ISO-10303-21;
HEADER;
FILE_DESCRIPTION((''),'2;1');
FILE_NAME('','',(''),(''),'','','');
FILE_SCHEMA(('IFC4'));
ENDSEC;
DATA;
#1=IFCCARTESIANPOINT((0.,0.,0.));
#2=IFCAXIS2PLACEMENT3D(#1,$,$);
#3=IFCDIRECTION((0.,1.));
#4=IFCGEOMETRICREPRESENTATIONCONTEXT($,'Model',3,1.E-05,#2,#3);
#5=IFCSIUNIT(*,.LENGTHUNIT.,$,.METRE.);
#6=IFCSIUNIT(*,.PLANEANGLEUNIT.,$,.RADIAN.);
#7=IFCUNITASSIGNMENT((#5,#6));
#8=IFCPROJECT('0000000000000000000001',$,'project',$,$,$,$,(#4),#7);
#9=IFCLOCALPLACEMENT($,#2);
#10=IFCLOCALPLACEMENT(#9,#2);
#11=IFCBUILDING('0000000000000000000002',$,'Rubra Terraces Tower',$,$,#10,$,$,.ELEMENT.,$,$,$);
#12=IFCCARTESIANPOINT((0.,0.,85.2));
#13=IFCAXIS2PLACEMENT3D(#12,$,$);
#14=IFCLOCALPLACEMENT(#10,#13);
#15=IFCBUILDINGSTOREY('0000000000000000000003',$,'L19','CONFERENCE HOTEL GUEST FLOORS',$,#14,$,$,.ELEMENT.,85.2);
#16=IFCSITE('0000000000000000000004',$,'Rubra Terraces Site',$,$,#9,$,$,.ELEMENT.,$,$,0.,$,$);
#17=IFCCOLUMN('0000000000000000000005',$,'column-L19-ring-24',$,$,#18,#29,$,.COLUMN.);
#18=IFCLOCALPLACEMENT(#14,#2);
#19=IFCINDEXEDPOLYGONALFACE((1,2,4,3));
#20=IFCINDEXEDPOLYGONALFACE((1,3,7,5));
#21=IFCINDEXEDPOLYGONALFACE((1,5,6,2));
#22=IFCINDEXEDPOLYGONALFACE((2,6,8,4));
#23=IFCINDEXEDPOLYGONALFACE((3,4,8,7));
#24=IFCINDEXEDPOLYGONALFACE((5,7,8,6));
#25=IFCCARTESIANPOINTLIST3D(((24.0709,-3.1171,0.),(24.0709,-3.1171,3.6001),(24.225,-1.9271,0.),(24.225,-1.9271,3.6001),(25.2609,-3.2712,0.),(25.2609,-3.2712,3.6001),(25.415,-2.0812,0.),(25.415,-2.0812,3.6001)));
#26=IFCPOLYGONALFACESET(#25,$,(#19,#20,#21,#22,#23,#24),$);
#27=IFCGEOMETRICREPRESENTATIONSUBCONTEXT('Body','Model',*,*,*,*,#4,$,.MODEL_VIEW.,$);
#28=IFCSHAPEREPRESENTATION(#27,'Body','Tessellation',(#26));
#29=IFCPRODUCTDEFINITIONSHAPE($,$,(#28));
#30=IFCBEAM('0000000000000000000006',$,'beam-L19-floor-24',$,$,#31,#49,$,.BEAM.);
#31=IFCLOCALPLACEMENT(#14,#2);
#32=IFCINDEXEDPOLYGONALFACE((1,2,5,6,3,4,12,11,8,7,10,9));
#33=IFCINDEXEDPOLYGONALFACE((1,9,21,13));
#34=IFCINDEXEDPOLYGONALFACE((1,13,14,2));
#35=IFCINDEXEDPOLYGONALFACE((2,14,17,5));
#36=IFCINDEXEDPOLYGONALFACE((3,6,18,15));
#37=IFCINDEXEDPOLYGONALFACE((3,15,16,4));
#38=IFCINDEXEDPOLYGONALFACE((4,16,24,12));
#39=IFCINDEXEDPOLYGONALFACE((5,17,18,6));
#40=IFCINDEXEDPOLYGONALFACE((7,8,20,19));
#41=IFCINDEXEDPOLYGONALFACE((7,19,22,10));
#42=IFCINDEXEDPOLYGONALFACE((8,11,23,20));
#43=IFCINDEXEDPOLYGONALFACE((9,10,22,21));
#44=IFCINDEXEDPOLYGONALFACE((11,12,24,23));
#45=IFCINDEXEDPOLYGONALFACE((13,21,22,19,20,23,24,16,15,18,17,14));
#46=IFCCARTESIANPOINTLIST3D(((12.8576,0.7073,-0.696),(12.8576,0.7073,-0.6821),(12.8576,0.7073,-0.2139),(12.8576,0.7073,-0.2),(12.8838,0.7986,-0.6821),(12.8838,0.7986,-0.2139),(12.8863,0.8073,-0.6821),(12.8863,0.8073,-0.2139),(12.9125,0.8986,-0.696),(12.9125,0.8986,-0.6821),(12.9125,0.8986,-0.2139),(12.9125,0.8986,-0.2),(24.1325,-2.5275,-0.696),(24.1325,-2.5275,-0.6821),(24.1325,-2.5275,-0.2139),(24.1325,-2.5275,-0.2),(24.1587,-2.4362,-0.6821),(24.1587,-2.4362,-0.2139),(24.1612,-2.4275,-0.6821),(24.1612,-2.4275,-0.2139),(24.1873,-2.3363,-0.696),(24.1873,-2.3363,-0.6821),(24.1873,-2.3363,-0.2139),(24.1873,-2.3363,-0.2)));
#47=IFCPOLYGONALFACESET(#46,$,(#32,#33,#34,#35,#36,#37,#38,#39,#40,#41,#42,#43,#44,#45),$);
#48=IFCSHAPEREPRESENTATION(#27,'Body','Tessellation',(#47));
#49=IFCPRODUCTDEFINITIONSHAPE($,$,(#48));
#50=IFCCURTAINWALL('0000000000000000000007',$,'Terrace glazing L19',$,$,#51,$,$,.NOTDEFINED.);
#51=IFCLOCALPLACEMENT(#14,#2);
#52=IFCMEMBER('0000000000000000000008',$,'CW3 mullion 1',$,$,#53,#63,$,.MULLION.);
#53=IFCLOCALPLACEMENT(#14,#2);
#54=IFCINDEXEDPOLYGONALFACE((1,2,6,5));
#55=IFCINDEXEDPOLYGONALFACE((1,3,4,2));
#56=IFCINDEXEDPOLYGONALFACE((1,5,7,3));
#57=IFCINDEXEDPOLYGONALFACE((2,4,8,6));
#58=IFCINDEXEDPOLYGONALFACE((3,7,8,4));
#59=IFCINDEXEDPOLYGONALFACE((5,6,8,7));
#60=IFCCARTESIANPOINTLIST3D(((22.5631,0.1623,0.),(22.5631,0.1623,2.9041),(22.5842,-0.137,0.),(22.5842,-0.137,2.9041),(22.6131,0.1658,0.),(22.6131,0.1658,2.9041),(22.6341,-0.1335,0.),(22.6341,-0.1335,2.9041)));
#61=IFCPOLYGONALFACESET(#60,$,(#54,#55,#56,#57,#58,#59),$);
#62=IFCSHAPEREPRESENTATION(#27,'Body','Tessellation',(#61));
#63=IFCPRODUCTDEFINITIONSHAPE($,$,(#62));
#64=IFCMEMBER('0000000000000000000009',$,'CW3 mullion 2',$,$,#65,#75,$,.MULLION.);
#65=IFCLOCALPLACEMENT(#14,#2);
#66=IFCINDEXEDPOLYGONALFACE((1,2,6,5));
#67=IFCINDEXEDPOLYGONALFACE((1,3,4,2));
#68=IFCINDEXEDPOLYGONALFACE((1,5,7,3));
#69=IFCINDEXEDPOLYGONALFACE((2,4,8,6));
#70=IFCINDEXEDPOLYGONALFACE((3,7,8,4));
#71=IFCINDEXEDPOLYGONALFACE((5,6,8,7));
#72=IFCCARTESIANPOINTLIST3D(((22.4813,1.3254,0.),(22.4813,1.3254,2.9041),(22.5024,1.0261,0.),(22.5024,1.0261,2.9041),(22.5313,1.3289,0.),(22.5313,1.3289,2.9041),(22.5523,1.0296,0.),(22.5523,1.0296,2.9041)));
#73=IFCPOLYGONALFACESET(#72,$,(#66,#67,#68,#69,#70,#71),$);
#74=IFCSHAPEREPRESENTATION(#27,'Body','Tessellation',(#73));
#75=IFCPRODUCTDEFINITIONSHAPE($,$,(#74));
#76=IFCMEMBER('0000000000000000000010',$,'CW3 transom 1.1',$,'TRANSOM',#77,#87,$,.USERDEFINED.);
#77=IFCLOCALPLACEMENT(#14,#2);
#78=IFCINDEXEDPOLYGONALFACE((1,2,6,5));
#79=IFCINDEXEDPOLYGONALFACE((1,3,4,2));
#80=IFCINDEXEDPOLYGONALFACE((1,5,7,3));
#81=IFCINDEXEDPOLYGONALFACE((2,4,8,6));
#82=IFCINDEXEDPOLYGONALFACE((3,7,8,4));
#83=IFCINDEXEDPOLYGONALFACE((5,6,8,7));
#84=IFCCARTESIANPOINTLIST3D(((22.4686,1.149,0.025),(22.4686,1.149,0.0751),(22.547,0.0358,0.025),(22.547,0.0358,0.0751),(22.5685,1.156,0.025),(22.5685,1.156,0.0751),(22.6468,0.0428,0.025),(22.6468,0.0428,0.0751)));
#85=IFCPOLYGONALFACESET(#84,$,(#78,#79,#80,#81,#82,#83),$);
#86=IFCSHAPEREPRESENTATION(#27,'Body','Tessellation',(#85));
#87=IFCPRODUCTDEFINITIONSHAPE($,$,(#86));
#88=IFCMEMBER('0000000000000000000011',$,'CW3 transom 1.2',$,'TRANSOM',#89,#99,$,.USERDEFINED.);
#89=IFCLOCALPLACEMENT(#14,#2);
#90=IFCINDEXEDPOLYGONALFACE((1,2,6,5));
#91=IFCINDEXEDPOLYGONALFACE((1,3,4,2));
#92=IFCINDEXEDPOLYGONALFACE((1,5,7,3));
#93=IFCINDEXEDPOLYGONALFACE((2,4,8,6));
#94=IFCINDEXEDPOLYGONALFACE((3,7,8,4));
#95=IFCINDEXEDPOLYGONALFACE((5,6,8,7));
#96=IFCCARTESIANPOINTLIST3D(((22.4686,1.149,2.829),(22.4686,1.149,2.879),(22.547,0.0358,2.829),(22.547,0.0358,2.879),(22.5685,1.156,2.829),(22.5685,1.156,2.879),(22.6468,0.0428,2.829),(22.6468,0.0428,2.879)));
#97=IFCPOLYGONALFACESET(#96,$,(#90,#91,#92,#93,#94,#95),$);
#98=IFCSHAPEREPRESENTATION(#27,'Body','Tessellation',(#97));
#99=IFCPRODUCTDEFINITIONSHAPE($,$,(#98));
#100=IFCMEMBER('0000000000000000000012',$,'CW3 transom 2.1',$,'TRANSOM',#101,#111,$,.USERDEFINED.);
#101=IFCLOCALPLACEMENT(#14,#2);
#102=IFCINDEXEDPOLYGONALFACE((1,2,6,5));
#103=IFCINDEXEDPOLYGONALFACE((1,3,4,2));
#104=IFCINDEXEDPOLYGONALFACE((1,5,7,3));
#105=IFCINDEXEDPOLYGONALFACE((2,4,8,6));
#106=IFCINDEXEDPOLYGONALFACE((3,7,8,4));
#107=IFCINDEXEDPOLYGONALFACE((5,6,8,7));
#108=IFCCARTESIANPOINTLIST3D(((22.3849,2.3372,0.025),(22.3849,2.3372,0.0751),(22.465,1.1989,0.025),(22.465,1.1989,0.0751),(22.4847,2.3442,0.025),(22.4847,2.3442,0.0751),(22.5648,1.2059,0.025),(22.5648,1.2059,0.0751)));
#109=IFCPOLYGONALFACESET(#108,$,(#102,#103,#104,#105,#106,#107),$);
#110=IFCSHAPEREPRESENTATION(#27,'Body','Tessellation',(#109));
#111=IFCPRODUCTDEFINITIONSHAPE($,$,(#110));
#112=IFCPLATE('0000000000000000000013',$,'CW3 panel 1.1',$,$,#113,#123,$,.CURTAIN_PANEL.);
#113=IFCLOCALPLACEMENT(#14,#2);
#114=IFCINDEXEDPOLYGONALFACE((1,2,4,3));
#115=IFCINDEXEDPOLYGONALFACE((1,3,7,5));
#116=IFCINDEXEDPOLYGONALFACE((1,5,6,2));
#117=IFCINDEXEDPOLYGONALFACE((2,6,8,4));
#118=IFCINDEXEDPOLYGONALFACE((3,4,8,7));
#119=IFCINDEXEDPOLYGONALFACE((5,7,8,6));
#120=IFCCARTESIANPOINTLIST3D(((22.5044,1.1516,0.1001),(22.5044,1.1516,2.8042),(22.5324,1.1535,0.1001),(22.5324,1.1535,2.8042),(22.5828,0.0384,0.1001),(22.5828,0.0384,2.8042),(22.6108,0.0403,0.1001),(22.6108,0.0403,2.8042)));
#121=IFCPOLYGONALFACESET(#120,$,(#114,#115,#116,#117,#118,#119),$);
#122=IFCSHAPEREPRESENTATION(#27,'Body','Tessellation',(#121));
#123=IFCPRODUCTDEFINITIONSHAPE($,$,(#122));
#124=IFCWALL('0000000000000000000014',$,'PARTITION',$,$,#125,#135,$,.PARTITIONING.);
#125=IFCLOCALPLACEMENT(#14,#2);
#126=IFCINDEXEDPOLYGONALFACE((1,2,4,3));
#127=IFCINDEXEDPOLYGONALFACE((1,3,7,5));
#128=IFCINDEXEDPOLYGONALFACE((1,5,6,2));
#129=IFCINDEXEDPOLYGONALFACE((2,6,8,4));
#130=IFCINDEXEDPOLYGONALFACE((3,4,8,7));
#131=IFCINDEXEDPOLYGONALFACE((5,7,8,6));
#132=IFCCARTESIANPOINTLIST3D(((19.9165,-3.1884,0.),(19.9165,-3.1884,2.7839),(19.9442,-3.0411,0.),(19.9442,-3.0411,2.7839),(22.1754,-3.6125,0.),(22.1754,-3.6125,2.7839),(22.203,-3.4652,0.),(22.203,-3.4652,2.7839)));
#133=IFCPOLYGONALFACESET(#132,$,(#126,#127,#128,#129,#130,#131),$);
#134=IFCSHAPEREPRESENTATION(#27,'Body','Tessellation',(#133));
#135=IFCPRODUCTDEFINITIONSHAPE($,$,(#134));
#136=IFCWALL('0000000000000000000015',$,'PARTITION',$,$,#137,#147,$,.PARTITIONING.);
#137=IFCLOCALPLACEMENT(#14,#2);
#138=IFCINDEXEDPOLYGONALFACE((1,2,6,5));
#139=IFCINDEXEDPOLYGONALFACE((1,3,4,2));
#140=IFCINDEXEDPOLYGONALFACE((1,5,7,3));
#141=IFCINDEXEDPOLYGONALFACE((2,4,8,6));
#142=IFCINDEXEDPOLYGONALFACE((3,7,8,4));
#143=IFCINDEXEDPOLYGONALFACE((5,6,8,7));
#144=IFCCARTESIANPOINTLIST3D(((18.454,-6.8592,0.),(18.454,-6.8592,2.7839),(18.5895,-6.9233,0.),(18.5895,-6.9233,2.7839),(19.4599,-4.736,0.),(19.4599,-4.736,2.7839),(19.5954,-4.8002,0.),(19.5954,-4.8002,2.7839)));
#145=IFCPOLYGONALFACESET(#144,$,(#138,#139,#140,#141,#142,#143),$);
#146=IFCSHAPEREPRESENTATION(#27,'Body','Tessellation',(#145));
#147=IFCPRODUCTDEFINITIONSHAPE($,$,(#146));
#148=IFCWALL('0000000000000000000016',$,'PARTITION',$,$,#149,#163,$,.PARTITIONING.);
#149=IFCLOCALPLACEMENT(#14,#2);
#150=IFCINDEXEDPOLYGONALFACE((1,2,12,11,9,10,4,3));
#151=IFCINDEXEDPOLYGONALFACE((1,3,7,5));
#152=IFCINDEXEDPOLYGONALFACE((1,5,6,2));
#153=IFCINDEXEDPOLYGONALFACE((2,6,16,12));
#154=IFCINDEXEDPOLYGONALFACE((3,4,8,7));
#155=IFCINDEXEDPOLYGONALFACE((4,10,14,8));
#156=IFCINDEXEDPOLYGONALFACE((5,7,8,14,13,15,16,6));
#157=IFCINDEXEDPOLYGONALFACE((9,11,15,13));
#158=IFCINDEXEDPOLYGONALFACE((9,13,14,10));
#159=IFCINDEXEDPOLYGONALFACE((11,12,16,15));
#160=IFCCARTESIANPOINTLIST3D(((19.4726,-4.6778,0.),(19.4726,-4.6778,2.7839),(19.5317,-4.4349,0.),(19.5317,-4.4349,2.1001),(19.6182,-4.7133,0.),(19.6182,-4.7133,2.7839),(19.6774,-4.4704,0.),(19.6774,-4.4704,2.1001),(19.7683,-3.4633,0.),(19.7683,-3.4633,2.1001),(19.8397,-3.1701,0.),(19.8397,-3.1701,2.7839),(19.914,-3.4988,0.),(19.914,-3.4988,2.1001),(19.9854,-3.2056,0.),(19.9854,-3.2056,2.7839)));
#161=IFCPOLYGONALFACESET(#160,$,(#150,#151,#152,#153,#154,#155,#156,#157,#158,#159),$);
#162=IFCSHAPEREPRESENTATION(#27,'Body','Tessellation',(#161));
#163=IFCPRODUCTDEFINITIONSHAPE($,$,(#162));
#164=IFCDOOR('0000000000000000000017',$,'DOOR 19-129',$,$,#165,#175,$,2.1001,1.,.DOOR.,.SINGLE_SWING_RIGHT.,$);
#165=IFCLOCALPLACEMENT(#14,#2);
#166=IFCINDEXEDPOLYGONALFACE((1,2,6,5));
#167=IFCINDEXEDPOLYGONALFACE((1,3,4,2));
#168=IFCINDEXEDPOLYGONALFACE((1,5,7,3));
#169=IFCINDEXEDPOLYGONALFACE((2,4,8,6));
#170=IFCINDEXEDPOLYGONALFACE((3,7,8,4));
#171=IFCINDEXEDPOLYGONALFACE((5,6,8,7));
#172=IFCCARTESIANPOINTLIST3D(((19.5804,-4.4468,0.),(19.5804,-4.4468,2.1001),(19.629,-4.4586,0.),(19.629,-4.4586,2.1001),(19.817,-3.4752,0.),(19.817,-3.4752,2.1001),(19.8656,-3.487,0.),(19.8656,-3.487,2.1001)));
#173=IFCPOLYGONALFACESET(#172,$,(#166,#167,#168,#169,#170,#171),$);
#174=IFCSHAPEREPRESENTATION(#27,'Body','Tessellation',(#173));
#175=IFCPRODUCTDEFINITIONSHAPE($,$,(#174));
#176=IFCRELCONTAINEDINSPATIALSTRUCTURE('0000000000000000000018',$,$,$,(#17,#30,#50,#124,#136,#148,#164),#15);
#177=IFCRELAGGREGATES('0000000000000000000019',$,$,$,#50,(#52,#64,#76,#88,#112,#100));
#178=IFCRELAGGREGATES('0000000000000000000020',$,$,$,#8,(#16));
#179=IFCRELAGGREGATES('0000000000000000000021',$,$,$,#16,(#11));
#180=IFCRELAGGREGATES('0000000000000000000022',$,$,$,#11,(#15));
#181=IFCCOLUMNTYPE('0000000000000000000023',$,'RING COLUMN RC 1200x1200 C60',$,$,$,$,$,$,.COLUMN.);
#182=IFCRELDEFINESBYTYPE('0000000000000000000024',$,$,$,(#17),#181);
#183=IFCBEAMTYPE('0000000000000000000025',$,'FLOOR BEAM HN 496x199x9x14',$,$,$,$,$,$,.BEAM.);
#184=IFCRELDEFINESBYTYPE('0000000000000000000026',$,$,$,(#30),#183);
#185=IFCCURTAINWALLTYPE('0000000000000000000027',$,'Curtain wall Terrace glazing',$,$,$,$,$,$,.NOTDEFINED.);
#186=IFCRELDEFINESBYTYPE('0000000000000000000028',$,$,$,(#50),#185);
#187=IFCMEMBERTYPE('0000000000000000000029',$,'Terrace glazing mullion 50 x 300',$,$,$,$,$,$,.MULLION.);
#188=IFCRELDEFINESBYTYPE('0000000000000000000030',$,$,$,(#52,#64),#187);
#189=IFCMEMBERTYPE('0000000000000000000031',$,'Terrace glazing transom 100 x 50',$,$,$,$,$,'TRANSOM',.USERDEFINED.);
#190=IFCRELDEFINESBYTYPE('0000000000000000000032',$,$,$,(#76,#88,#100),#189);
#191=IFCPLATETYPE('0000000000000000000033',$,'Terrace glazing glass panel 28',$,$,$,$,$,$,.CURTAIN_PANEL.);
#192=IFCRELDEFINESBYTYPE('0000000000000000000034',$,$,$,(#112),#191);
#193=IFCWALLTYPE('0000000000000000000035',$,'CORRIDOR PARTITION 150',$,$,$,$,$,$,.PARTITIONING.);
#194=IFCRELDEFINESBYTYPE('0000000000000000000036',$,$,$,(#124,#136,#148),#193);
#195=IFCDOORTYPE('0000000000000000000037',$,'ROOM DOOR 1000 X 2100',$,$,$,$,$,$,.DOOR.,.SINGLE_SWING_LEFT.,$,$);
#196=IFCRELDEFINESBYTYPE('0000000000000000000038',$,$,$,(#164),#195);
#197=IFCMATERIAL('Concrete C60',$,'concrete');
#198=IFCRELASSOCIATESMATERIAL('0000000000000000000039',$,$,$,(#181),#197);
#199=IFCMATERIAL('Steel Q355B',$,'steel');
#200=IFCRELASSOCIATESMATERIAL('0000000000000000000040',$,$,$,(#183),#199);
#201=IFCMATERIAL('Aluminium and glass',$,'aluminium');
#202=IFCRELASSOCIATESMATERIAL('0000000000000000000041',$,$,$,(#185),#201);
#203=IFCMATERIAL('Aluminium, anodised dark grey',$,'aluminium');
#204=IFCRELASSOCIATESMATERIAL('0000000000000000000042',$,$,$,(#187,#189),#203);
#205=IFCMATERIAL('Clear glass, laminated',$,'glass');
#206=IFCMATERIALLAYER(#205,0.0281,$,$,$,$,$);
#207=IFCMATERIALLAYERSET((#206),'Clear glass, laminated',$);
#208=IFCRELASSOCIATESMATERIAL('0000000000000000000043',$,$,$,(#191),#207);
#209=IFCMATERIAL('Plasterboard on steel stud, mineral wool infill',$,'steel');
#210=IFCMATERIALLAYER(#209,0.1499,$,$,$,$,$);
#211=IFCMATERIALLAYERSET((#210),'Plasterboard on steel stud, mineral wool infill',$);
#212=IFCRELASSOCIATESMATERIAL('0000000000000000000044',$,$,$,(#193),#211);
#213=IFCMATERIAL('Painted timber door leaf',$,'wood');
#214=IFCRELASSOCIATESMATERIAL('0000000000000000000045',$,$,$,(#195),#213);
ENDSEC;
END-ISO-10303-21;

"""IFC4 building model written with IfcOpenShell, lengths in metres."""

from ifc_helpers import new_model, si_unit, direction, frame, frame_2d, origin, origin_2d, place, context, subcontext, project, spatial, rectangle, i_section, extrude, material, layer, layer_set, material_profile, profile_set, type_object, element, fill, aggregate, save


model = new_model("IFC4")

# Units and contexts
model_context = context("Model", 3, precision=1e-05, world=origin(), true_north=direction((0.0, 1.0)))
body_context = subcontext(model_context, "Body", "Model", "MODEL_VIEW")
ifc_project = project(units=[si_unit("LENGTHUNIT", "METRE"), si_unit("PLANEANGLEUNIT", "RADIAN")], contexts=[model_context])

# Site, building, storey
site_placement = place(None, origin())
site = spatial("IfcSite", under=ifc_project, at=site_placement, Name="Rubra Terraces Site", CompositionType="ELEMENT", RefElevation=0.0)
building_placement = place(site_placement, origin())
building = spatial("IfcBuilding", under=site, at=building_placement, Name="Rubra Terraces Tower", CompositionType="ELEMENT")
storey_placement = place(building_placement, frame((0.0, 0.0, 85.2)))
storey = spatial("IfcBuildingStorey", under=building, at=storey_placement, Name="L19", Description="CONFERENCE HOTEL GUEST FLOORS", CompositionType="ELEMENT", Elevation=85.2)

# Column
ifc_material_1 = material(Name="Concrete C60", Category="concrete")
ifc_material_profile_1 = material_profile(ifc_material_1, rectangle(XDim=1.2, YDim=1.2, at=origin_2d()), Name="RC 1200x1200")
ifc_profile_set_1 = profile_set([ifc_material_profile_1], Name="Concrete C60")
column_type = type_object("IfcColumnType", Name="RING COLUMN RC 1200x1200 C60", PredefinedType="COLUMN", material=ifc_profile_set_1)
column_placement = place(storey_placement, frame((24.7429, -2.5991, 0.0), z_axis=(0.0, 0.0, 1.0), x_axis=(0.128444, 0.991717, 0.0)))
element("IfcColumn", 1, at=column_placement, inside=storey, type_object=column_type, Name="column-L19-ring-24", PredefinedType="COLUMN", context=body_context, shape_type="SweptSolid", body=[
    extrude(rectangle(XDim=1.2, YDim=1.2, at=origin_2d()), origin(), (0.0, 0.0, 1.0), 3.6001),
])

# Beam
ifc_material_2 = material(Name="Steel Q355B", Category="steel")
ifc_material_profile_2 = material_profile(ifc_material_2, i_section(OverallWidth=0.199, OverallDepth=0.4961, WebThickness=0.009, FlangeThickness=0.0139, at=origin_2d()), Name="HN 496x199x9x14")
ifc_profile_set_2 = profile_set([ifc_material_profile_2], Name="Steel Q355B")
beam_type = type_object("IfcBeamType", Name="FLOOR BEAM HN 496x199x9x14", PredefinedType="BEAM", material=ifc_profile_set_2)
beam_placement = place(storey_placement, frame((24.1599, -2.4319, -0.448), z_axis=(-0.96122, 0.275782, 0.0), x_axis=(-0.275782, -0.96122, 0.0)))
element("IfcBeam", 2, at=beam_placement, inside=storey, type_object=beam_type, Name="beam-L19-floor-24", PredefinedType="BEAM", context=body_context, shape_type="SweptSolid", body=[
    extrude(i_section(OverallWidth=0.199, OverallDepth=0.4961, WebThickness=0.009, FlangeThickness=0.0139, at=origin_2d()), origin(), (0.0, 0.0, 1.0), 11.7297),
])

# Curtain wall, members, plate
ifc_material_3 = material(Name="Aluminium and glass", Category="aluminium")
curtain_wall_type = type_object("IfcCurtainWallType", Name="Curtain wall Terrace glazing", PredefinedType="NOTDEFINED", material=ifc_material_3)
curtain_wall_placement = place(storey_placement, origin())
curtain_wall = element("IfcCurtainWall", 3, at=curtain_wall_placement, inside=storey, type_object=curtain_wall_type, Name="Terrace glazing L19", PredefinedType="NOTDEFINED")
ifc_material_4 = material(Name="Aluminium, anodised dark grey", Category="aluminium")
ifc_material_profile_3 = material_profile(ifc_material_4, rectangle(XDim=0.05, YDim=0.3, at=origin_2d()), Name="AL 50x300")
ifc_profile_set_3 = profile_set([ifc_material_profile_3], Name="Aluminium, anodised dark grey")
member_type_1 = type_object("IfcMemberType", Name="Terrace glazing mullion 50 x 300", PredefinedType="MULLION", material=ifc_profile_set_3)
member_1_placement = place(storey_placement, frame((22.5986, 0.0144, 0.0), z_axis=(0.0, 0.0, 1.0), x_axis=(-0.997529, -0.070252, 0.0)))
member_1 = element("IfcMember", 4, at=member_1_placement, type_object=member_type_1, Name="CW3 mullion 1", PredefinedType="MULLION", context=body_context, shape_type="SweptSolid", body=[
    extrude(rectangle(XDim=0.05, YDim=0.3, at=origin_2d()), origin(), (0.0, 0.0, 1.0), 2.9041),
])
member_2_placement = place(storey_placement, frame((22.5168, 1.1775, 0.0), z_axis=(0.0, 0.0, 1.0), x_axis=(-0.997529, -0.070252, 0.0)))
member_2 = element("IfcMember", 5, at=member_2_placement, type_object=member_type_1, Name="CW3 mullion 2", PredefinedType="MULLION", context=body_context, shape_type="SweptSolid", body=[
    extrude(rectangle(XDim=0.05, YDim=0.3, at=origin_2d()), origin(), (0.0, 0.0, 1.0), 2.9041),
])
ifc_material_profile_4 = material_profile(ifc_material_4, rectangle(XDim=0.1001, YDim=0.05, at=origin_2d()), Name="AL 100x50")
ifc_profile_set_4 = profile_set([ifc_material_profile_4], Name="Aluminium, anodised dark grey")
member_type_2 = type_object("IfcMemberType", Name="Terrace glazing transom 100 x 50", ElementType="TRANSOM", PredefinedType="USERDEFINED", material=ifc_profile_set_4)
member_3_placement = place(storey_placement, frame((22.5969, 0.0393, 0.05), z_axis=(-0.070221, 0.997531, 0.0), x_axis=(-0.997531, -0.070221, 0.0)))
member_3 = element("IfcMember", 6, at=member_3_placement, type_object=member_type_2, Name="CW3 transom 1.1", ObjectType="TRANSOM", PredefinedType="USERDEFINED", context=body_context, shape_type="SweptSolid", body=[
    extrude(rectangle(XDim=0.1001, YDim=0.05, at=origin_2d()), origin(), (0.0, 0.0, 1.0), 1.116),
])
member_4_placement = place(storey_placement, frame((22.5969, 0.0393, 2.854), z_axis=(-0.070221, 0.997531, 0.0), x_axis=(-0.997531, -0.070221, 0.0)))
member_4 = element("IfcMember", 7, at=member_4_placement, type_object=member_type_2, Name="CW3 transom 1.2", ObjectType="TRANSOM", PredefinedType="USERDEFINED", context=body_context, shape_type="SweptSolid", body=[
    extrude(rectangle(XDim=0.1001, YDim=0.05, at=origin_2d()), origin(), (0.0, 0.0, 1.0), 1.116),
])
member_5_placement = place(storey_placement, frame((22.5149, 1.2024, 0.05), z_axis=(-0.070183, 0.997534, 0.0), x_axis=(-0.997534, -0.070183, 0.0)))
member_5 = element("IfcMember", 8, at=member_5_placement, type_object=member_type_2, Name="CW3 transom 2.1", ObjectType="TRANSOM", PredefinedType="USERDEFINED", context=body_context, shape_type="SweptSolid", body=[
    extrude(rectangle(XDim=0.1001, YDim=0.05, at=origin_2d()), origin(), (0.0, 0.0, 1.0), 1.1411),
])
ifc_material_5 = material(Name="Clear glass, laminated", Category="glass")
ifc_layer_1 = layer(ifc_material_5, 0.0281)
ifc_layer_set_1 = layer_set([ifc_layer_1], Name="Clear glass, laminated")
plate_type = type_object("IfcPlateType", Name="Terrace glazing glass panel 28", PredefinedType="CURTAIN_PANEL", material=ifc_layer_set_1)
plate_placement = place(storey_placement, frame((22.5576, 0.5959, 0.1001), z_axis=(0.0, 0.0, 1.0), x_axis=(-0.070252, 0.997529, 0.0)))
plate = element("IfcPlate", 9, at=plate_placement, type_object=plate_type, Name="CW3 panel 1.1", PredefinedType="CURTAIN_PANEL", context=body_context, shape_type="SweptSolid", body=[
    extrude(rectangle(XDim=1.116, YDim=0.0281, at=origin_2d()), origin(), (0.0, 0.0, 1.0), 2.7041),
])
aggregate(curtain_wall, [member_1, member_2, member_3, member_4, plate, member_5])

# Walls
ifc_material_6 = material(Name="Plasterboard on steel stud, mineral wool infill", Category="steel")
ifc_layer_2 = layer(ifc_material_6, 0.1499)
ifc_layer_set_2 = layer_set([ifc_layer_2], Name="Plasterboard on steel stud, mineral wool infill")
wall_type_1 = type_object("IfcWallType", Name="CORRIDOR PARTITION 150", PredefinedType="PARTITIONING", material=ifc_layer_set_2)
wall_1_placement = place(storey_placement, frame((22.1892, -3.5388, 0.0), z_axis=(0.0, 0.0, 1.0), x_axis=(-0.982829, 0.184519, 0.0)))
element("IfcWall", 10, at=wall_1_placement, inside=storey, type_object=wall_type_1, Name="PARTITION", PredefinedType="PARTITIONING", context=body_context, shape_type="SweptSolid", body=[
    extrude(rectangle(XDim=2.2983, YDim=0.1499, at=frame_2d((1.1492, 0.0))), origin(), (0.0, 0.0, 1.0), 2.7839),
])
wall_2_placement = place(storey_placement, frame((18.5217, -6.8914, 0.0), z_axis=(0.0, 0.0, 1.0), x_axis=(0.428158, 0.903704, 0.0)))
element("IfcWall", 11, at=wall_2_placement, inside=storey, type_object=wall_type_1, Name="PARTITION", PredefinedType="PARTITIONING", context=body_context, shape_type="SweptSolid", body=[
    extrude(rectangle(XDim=2.3494, YDim=0.1499, at=frame_2d((1.1748, 0.0))), origin(), (0.0, 0.0, 1.0), 2.7839),
])

# Wall, opening, door
wall_3_placement = place(storey_placement, frame((19.5454, -4.6956, 0.0), z_axis=(0.0, 0.0, 1.0), x_axis=(0.236608, 0.971605, 0.0)))
wall_3 = element("IfcWall", 12, at=wall_3_placement, inside=storey, type_object=wall_type_1, Name="PARTITION", PredefinedType="PARTITIONING", context=body_context, shape_type="SweptSolid", body=[
    extrude(rectangle(XDim=1.5518, YDim=0.1499, at=frame_2d((0.7759, 0.0))), origin(), (0.0, 0.0, 1.0), 2.7839),
])
opening_1_placement = place(wall_3_placement, frame((0.25, 0.0, 0.0)))
opening_1 = element("IfcOpeningElement", 13, at=opening_1_placement, cuts=wall_3, PredefinedType="OPENING", context=body_context, shape_type="SweptSolid", body=[
    extrude(rectangle(XDim=1.0, YDim=2.1001, at=frame_2d((0.5, 1.05))), frame((0.0, 0.085, 0.0), z_axis=(0.0, -1.0, 0.0), x_axis=(1.0, 0.0, 0.0)), (0.0, 0.0, 1.0), 0.1699),
])
ifc_material_7 = material(Name="Painted timber door leaf", Category="wood")
door_type_1 = type_object("IfcDoorType", Name="ROOM DOOR 1000 X 2100", OperationType="SINGLE_SWING_LEFT", PredefinedType="DOOR", material=ifc_material_7)
door_1_placement = place(opening_1_placement, origin())
door_1 = element("IfcDoor", 14, at=door_1_placement, inside=storey, type_object=door_type_1, Name="DOOR 19-129", OperationType="SINGLE_SWING_RIGHT", OverallHeight=2.1001, OverallWidth=1.0, PredefinedType="DOOR", context=body_context, shape_type="SweptSolid", body=[
    extrude(rectangle(XDim=1.0, YDim=2.1001, at=frame_2d((0.5, 1.05))), frame((0.0, 0.0249, 0.0), z_axis=(0.0, -1.0, 0.0), x_axis=(1.0, 0.0, 0.0)), (0.0, 0.0, 1.0), 0.05),
])
fill(opening_1, door_1)

save(model, "model.ifc")
